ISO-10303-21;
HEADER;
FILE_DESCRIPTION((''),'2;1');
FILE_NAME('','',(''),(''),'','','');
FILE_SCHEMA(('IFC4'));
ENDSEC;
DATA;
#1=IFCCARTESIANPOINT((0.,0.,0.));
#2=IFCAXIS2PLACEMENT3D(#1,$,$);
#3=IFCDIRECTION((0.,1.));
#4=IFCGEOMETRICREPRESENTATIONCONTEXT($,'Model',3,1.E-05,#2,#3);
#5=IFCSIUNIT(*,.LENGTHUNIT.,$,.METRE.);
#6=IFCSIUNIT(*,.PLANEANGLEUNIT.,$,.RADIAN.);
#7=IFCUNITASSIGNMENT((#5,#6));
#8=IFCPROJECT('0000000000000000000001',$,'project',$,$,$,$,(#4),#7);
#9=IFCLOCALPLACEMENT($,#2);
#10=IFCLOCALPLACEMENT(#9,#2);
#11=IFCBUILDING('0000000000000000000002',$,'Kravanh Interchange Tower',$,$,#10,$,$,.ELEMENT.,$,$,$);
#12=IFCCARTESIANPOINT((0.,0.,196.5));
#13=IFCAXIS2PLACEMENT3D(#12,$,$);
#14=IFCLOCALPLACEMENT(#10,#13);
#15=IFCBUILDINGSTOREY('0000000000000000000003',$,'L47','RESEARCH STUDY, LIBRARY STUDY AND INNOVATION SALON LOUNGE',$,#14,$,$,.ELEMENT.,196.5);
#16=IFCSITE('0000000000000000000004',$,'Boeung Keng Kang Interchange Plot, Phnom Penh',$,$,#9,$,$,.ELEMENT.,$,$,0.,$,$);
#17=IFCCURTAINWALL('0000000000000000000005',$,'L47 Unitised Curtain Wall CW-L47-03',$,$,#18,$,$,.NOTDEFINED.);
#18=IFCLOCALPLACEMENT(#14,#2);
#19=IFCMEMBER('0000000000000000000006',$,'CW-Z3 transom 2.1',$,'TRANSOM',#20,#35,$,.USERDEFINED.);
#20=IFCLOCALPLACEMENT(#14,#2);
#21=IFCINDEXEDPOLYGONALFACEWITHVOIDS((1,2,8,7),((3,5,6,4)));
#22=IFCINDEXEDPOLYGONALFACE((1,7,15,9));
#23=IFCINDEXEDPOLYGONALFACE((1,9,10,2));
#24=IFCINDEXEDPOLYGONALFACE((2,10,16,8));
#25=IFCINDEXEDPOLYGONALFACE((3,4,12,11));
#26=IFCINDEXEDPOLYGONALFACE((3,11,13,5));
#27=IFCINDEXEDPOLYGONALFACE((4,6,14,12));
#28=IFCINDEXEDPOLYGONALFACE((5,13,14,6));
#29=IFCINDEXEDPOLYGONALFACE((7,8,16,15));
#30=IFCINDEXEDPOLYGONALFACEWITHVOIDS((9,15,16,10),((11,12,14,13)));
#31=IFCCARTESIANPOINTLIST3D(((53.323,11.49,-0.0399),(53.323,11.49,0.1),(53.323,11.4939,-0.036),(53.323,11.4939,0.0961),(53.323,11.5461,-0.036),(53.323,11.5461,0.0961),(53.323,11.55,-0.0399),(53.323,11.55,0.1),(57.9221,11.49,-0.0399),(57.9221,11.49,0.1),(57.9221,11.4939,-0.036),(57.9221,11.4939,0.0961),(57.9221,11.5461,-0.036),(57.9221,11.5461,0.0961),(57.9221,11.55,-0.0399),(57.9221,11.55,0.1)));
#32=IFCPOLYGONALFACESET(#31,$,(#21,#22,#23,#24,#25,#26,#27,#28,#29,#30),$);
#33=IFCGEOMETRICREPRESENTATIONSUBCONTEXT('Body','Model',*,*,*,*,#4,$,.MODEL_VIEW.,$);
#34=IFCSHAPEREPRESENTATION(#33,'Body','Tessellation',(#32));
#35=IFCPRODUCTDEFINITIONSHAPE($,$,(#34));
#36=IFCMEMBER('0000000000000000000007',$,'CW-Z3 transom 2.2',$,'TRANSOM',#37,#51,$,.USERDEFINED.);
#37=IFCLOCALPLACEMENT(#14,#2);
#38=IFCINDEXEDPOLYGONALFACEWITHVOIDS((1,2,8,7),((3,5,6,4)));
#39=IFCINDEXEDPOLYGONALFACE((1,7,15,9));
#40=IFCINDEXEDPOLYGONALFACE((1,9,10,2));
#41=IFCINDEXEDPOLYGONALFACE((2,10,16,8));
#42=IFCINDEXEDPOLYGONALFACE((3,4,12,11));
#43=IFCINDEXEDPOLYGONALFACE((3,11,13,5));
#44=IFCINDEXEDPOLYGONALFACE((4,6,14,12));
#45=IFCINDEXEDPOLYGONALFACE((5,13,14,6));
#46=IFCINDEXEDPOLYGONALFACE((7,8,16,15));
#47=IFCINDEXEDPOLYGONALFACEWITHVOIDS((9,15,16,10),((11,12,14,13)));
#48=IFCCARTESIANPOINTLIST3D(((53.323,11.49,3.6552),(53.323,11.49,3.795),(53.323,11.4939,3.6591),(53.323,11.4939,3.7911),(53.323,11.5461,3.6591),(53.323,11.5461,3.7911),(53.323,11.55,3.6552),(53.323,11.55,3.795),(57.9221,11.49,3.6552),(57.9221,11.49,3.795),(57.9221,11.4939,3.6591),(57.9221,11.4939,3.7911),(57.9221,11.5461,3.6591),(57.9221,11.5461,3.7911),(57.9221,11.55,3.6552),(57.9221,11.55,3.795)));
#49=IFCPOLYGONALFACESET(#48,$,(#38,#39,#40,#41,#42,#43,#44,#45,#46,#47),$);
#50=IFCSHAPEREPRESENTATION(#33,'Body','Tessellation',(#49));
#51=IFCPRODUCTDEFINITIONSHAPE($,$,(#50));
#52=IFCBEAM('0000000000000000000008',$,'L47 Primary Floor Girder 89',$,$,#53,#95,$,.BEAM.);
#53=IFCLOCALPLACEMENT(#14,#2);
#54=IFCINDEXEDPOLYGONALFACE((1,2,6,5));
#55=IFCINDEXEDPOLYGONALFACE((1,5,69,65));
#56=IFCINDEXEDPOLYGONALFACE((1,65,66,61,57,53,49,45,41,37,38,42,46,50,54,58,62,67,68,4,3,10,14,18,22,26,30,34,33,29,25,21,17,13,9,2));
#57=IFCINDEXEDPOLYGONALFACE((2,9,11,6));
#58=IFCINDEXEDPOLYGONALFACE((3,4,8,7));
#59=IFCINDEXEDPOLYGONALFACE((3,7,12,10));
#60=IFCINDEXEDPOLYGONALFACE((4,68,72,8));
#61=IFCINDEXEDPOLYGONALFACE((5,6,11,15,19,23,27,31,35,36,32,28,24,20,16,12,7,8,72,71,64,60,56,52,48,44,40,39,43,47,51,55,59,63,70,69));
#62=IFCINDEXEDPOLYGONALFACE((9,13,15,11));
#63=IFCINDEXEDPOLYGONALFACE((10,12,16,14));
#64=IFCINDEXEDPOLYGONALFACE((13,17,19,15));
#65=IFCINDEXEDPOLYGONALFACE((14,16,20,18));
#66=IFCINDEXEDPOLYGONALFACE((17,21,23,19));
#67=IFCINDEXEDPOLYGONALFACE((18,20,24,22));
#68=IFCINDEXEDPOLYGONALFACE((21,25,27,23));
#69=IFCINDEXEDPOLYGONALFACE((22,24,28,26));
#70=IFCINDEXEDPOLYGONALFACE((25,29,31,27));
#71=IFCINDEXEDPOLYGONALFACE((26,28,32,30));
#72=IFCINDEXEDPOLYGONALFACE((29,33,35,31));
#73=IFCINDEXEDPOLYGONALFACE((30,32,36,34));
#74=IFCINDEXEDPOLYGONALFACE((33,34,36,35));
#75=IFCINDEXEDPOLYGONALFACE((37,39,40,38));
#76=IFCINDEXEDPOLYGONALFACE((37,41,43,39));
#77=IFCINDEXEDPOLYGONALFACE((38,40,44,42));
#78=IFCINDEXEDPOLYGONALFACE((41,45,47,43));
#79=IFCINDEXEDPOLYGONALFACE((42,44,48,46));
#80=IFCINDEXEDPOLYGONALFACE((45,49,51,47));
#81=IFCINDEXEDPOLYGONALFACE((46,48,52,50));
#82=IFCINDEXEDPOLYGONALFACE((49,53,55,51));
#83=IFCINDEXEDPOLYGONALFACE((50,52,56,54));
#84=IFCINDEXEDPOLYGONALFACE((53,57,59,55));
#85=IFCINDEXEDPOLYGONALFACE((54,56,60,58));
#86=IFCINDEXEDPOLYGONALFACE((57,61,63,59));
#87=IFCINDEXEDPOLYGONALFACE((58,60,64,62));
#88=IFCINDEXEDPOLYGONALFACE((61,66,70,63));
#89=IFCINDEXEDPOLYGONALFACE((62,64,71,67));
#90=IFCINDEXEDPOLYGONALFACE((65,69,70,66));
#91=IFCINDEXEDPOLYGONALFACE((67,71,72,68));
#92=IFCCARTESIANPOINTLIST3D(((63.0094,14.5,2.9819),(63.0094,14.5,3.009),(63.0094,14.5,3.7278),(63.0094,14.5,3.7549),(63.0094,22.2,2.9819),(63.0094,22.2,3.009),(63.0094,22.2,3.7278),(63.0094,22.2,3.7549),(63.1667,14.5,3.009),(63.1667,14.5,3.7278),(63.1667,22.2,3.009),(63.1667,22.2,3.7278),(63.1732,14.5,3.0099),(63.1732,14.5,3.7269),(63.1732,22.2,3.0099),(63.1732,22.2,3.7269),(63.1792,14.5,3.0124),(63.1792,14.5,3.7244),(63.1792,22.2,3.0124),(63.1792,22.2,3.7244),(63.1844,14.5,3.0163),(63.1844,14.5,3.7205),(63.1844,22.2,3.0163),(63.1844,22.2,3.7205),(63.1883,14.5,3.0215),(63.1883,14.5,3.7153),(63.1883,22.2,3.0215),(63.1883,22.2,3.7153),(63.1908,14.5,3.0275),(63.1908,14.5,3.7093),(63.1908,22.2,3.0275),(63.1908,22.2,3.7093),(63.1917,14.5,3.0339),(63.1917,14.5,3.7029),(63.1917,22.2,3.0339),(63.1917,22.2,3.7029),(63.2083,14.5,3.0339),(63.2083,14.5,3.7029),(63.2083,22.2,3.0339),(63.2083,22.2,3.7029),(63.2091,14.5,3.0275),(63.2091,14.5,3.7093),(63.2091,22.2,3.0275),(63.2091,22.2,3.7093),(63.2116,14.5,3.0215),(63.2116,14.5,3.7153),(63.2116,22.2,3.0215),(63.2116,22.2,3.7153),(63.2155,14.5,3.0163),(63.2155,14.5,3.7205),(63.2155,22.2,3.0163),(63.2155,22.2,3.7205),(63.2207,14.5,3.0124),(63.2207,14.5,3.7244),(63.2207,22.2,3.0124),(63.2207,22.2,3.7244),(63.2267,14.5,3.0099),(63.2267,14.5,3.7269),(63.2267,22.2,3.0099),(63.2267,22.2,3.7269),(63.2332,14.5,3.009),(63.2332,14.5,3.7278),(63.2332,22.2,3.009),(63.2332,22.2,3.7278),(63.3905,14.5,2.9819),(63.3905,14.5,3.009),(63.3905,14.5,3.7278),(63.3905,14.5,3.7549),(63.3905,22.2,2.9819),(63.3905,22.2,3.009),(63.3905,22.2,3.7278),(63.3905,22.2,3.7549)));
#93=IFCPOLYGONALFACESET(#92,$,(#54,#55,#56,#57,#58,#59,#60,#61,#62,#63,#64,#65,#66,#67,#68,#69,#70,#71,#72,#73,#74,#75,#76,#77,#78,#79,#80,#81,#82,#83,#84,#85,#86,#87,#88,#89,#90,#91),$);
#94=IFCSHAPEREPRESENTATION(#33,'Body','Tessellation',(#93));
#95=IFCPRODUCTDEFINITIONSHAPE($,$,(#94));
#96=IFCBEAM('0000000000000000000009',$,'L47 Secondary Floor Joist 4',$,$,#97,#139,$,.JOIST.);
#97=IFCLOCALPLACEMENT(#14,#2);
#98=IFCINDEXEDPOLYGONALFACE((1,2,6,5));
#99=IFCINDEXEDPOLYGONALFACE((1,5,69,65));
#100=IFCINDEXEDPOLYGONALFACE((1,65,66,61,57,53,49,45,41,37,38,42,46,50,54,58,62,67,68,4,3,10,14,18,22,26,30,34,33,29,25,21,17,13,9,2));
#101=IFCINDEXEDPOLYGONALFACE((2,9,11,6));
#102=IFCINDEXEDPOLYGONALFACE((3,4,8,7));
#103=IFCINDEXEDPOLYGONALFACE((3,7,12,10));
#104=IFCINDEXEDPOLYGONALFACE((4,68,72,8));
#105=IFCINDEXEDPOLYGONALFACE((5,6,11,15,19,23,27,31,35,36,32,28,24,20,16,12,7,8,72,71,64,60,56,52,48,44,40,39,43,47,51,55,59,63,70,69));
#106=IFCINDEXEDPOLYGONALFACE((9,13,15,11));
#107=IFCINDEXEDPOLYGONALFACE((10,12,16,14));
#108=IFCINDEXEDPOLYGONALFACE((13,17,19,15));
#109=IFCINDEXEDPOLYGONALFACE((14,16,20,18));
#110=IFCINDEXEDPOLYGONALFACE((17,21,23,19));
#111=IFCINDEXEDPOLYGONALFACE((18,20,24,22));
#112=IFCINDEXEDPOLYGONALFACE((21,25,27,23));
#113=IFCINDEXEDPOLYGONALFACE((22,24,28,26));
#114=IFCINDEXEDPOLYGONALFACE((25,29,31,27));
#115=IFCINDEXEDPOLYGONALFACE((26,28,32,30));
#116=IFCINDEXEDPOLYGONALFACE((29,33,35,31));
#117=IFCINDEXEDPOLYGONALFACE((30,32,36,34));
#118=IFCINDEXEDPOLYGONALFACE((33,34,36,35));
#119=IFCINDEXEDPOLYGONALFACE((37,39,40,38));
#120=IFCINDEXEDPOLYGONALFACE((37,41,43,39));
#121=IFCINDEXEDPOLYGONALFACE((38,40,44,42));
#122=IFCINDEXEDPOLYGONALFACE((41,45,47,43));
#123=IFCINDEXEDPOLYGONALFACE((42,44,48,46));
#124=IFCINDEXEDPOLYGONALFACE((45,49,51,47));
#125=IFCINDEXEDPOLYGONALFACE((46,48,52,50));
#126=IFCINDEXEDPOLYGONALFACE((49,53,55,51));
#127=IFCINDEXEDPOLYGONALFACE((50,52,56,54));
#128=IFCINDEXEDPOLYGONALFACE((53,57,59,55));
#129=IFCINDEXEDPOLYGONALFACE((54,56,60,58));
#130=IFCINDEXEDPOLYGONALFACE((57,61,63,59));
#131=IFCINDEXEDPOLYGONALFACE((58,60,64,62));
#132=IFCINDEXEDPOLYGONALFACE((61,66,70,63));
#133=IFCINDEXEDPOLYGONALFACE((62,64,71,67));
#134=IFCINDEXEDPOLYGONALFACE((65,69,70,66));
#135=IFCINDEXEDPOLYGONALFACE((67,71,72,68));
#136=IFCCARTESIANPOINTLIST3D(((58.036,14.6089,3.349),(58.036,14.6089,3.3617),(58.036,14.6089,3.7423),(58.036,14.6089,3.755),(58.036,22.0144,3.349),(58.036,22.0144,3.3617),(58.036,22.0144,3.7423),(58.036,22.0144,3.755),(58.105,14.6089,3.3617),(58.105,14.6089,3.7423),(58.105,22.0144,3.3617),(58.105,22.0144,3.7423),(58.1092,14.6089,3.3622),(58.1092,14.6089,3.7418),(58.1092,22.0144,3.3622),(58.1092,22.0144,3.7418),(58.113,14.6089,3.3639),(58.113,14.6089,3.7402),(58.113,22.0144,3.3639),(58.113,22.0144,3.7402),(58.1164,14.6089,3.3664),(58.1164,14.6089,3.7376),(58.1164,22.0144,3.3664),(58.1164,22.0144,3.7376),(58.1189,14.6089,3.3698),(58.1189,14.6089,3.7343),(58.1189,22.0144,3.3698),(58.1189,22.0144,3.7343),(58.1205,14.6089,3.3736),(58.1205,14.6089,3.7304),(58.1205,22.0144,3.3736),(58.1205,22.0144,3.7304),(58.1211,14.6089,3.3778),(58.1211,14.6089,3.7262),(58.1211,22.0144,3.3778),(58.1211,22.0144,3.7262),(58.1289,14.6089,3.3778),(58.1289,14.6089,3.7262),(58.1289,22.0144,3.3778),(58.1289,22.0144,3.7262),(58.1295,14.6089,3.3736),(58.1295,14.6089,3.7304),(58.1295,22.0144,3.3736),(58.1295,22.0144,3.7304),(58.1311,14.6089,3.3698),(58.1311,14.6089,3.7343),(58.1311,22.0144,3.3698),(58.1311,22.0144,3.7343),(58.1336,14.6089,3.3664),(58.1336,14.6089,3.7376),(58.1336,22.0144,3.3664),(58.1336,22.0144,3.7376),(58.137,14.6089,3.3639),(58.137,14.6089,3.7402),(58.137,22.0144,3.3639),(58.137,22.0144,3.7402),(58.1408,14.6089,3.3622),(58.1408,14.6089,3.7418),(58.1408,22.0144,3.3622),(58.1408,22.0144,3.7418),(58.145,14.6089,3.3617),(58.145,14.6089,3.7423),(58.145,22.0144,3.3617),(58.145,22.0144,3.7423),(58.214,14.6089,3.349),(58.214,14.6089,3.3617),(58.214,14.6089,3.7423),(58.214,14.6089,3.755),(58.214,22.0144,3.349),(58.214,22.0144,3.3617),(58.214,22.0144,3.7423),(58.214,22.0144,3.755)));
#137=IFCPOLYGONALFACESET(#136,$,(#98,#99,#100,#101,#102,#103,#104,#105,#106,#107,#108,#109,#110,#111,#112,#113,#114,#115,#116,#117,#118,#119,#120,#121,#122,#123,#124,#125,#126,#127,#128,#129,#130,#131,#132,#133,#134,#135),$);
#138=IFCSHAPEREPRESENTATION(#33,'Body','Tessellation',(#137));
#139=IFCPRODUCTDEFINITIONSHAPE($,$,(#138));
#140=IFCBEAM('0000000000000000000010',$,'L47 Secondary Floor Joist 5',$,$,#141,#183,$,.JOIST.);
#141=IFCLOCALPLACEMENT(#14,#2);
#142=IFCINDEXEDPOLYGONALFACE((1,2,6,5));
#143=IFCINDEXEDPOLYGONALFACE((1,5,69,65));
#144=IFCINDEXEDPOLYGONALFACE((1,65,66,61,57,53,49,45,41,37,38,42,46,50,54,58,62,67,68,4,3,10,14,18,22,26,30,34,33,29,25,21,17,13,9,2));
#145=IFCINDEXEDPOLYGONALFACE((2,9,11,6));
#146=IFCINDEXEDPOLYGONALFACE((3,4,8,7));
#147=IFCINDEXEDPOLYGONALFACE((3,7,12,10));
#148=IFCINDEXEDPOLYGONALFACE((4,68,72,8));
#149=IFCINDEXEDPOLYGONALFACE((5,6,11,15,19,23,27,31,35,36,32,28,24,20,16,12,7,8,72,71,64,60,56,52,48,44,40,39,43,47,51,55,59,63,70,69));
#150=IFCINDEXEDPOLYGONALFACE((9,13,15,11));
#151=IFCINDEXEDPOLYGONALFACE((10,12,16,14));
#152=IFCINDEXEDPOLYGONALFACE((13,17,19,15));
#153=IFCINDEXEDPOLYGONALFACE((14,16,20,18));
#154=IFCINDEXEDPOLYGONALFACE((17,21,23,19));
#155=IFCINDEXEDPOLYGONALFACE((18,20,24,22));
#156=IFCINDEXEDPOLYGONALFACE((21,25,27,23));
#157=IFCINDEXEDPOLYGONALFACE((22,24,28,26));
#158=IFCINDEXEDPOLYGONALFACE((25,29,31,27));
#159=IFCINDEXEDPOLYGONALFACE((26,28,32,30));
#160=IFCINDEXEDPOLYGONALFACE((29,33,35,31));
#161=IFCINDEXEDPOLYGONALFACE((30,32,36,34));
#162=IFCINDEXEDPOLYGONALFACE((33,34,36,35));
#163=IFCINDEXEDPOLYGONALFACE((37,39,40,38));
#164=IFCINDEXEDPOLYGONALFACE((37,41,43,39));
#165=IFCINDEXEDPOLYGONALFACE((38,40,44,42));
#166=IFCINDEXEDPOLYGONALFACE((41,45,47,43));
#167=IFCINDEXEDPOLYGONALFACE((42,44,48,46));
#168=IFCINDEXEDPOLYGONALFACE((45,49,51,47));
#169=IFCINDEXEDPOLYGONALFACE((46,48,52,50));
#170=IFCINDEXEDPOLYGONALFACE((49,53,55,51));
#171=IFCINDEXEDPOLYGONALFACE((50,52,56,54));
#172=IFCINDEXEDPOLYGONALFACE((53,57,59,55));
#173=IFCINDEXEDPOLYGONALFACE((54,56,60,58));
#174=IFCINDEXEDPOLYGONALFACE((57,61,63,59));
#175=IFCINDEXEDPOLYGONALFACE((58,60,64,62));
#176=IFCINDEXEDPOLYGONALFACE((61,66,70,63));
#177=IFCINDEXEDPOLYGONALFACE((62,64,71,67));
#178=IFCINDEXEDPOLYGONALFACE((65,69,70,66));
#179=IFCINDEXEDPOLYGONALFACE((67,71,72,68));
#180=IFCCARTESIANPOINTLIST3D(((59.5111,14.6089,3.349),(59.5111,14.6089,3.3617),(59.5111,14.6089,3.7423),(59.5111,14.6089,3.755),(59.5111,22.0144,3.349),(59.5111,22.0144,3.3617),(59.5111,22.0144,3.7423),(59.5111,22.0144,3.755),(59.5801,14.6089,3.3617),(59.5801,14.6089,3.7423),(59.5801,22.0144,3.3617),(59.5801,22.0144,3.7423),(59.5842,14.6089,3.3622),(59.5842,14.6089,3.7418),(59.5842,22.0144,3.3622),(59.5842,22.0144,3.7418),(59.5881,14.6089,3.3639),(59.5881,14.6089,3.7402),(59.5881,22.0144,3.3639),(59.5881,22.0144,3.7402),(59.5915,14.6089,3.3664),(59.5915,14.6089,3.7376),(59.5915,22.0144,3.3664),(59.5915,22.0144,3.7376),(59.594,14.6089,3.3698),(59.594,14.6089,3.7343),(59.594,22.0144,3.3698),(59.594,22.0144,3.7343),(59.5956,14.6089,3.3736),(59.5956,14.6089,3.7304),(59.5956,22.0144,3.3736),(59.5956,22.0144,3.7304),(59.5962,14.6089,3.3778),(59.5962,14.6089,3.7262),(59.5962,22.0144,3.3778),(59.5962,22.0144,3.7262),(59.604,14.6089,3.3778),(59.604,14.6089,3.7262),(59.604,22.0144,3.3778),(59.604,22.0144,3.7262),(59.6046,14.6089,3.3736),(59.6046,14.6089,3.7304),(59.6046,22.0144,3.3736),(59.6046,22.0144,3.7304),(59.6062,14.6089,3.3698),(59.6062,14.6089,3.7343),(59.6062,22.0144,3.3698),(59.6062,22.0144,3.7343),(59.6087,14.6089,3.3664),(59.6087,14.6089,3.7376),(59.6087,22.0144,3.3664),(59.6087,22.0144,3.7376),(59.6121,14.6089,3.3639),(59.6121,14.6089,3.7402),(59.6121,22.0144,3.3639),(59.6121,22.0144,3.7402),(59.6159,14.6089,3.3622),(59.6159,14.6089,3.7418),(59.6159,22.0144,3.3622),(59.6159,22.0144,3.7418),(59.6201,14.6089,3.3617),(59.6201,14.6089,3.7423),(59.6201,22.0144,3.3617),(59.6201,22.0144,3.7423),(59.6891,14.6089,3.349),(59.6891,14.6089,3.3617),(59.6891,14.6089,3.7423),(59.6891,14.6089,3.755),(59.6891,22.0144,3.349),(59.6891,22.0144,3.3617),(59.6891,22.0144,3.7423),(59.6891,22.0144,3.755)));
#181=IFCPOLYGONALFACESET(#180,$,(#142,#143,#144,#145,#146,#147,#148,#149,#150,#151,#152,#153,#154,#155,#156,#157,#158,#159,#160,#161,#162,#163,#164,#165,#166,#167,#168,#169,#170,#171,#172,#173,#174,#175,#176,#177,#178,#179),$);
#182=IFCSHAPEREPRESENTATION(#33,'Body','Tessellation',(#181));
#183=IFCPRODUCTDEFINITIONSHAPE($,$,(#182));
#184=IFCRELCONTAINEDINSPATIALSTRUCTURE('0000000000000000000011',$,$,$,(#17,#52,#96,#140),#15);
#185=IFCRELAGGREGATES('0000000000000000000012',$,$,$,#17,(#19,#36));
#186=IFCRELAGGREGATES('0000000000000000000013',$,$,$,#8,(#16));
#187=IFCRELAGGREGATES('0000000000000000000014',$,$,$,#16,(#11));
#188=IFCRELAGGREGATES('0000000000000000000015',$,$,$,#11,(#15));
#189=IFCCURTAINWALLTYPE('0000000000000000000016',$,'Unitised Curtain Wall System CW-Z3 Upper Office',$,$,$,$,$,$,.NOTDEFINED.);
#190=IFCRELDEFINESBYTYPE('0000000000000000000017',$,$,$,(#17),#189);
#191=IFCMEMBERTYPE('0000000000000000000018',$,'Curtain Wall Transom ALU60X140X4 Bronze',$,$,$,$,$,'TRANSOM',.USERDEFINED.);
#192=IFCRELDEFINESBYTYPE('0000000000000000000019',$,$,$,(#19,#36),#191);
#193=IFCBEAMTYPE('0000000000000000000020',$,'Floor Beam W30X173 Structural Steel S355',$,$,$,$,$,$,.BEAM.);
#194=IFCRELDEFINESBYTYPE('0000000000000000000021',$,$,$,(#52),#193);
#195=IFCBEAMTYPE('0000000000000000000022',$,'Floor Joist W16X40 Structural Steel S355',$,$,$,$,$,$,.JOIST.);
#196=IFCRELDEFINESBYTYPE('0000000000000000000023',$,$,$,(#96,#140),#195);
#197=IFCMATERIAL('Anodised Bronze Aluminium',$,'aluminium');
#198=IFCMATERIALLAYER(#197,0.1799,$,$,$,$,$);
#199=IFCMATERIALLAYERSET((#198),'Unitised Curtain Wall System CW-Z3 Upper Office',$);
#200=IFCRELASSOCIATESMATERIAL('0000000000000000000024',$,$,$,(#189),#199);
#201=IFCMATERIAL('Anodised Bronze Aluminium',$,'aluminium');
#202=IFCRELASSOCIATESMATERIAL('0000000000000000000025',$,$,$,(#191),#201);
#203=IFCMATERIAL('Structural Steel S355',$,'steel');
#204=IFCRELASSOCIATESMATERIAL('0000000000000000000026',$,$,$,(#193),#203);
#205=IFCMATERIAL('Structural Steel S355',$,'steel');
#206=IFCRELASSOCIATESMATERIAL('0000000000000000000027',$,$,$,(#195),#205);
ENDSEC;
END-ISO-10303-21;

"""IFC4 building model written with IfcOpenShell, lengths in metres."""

from ifc_helpers import new_model, si_unit, direction, frame, origin, origin_2d, place, context, subcontext, project, spatial, hollow_rectangle, i_section, extrude, material, layer, layer_set, material_profile, profile_set, type_object, element, aggregate, save


model = new_model("IFC4")

# Units and contexts
model_context = context("Model", 3, precision=1e-05, world=origin(), true_north=direction((0.0, 1.0)))
body_context = subcontext(model_context, "Body", "Model", "MODEL_VIEW")
ifc_project = project(units=[si_unit("LENGTHUNIT", "METRE"), si_unit("PLANEANGLEUNIT", "RADIAN")], contexts=[model_context])

# Site, building, storey
site_placement = place(None, origin())
site = spatial("IfcSite", under=ifc_project, at=site_placement, Name="Boeung Keng Kang Interchange Plot, Phnom Penh", CompositionType="ELEMENT", RefElevation=0.0)
building_placement = place(site_placement, origin())
building = spatial("IfcBuilding", under=site, at=building_placement, Name="Kravanh Interchange Tower", CompositionType="ELEMENT")
storey_placement = place(building_placement, frame((0.0, 0.0, 196.5)))
storey = spatial("IfcBuildingStorey", under=building, at=storey_placement, Name="L47", Description="RESEARCH STUDY, LIBRARY STUDY AND INNOVATION SALON LOUNGE", CompositionType="ELEMENT", Elevation=196.5)

# Curtain wall
ifc_material_1 = material(Name="Anodised Bronze Aluminium", Category="aluminium")
ifc_layer_1 = layer(ifc_material_1, 0.1799)
ifc_layer_set_1 = layer_set([ifc_layer_1], Name="Unitised Curtain Wall System CW-Z3 Upper Office")
curtain_wall_type = type_object("IfcCurtainWallType", Name="Unitised Curtain Wall System CW-Z3 Upper Office", PredefinedType="NOTDEFINED", material=ifc_layer_set_1)
curtain_wall_1_placement = place(storey_placement, origin())
curtain_wall_1 = element("IfcCurtainWall", 1, at=curtain_wall_1_placement, inside=storey, type_object=curtain_wall_type, Name="L47 Unitised Curtain Wall CW-L47-03", PredefinedType="NOTDEFINED")

# Members
ifc_material_2 = material(Name="Anodised Bronze Aluminium", Category="aluminium")
ifc_material_profile_1 = material_profile(ifc_material_2, hollow_rectangle(XDim=0.0601, YDim=0.1399, WallThickness=0.0039, at=origin_2d()), Name="ALU60X140X4")
ifc_profile_set_1 = profile_set([ifc_material_profile_1], Name="Anodised Bronze Aluminium")
member_type_1 = type_object("IfcMemberType", Name="Curtain Wall Transom ALU60X140X4 Bronze", ElementType="TRANSOM", PredefinedType="USERDEFINED", material=ifc_profile_set_1)
member_1_placement = place(storey_placement, frame((57.9221, 11.52, 0.03), z_axis=(-1.0, 0.0, 0.0), x_axis=(0.0, -1.0, 0.0)))
member_1 = element("IfcMember", 2, at=member_1_placement, type_object=member_type_1, Name="CW-Z3 transom 2.1", ObjectType="TRANSOM", PredefinedType="USERDEFINED", context=body_context, shape_type="SweptSolid", body=[
    extrude(hollow_rectangle(XDim=0.0601, YDim=0.1399, WallThickness=0.0039, at=origin_2d()), origin(), (0.0, 0.0, 1.0), 4.5991),
])
member_2_placement = place(storey_placement, frame((57.9221, 11.52, 3.7251), z_axis=(-1.0, 0.0, 0.0), x_axis=(0.0, -1.0, 0.0)))
member_2 = element("IfcMember", 3, at=member_2_placement, type_object=member_type_1, Name="CW-Z3 transom 2.2", ObjectType="TRANSOM", PredefinedType="USERDEFINED", context=body_context, shape_type="SweptSolid", body=[
    extrude(hollow_rectangle(XDim=0.0601, YDim=0.1399, WallThickness=0.0039, at=origin_2d()), origin(), (0.0, 0.0, 1.0), 4.5991),
])

# Beams
ifc_material_3 = material(Name="Structural Steel S355", Category="steel")
ifc_material_profile_2 = material_profile(ifc_material_3, i_section(OverallWidth=0.3811, OverallDepth=0.7729, WebThickness=0.0166, FlangeThickness=0.0271, FilletRadius=0.0249, at=origin_2d()), Name="W30X173")
ifc_profile_set_2 = profile_set([ifc_material_profile_2], Name="Structural Steel S355")
beam_type_1 = type_object("IfcBeamType", Name="Floor Beam W30X173 Structural Steel S355", PredefinedType="BEAM", material=ifc_profile_set_2)
beam_1_placement = place(storey_placement, frame((63.2, 14.5, 3.3684), z_axis=(0.0, 1.0, 0.0), x_axis=(-1.0, 0.0, 0.0)))
element("IfcBeam", 4, at=beam_1_placement, inside=storey, type_object=beam_type_1, Name="L47 Primary Floor Girder 89", PredefinedType="BEAM", context=body_context, shape_type="SweptSolid", body=[
    extrude(i_section(OverallWidth=0.3811, OverallDepth=0.7729, WebThickness=0.0166, FlangeThickness=0.0271, FilletRadius=0.0249, at=origin_2d()), origin(), (0.0, 0.0, 1.0), 7.7),
])
ifc_material_4 = material(Name="Structural Steel S355", Category="steel")
ifc_material_profile_3 = material_profile(ifc_material_4, i_section(OverallWidth=0.178, OverallDepth=0.406, WebThickness=0.0078, FlangeThickness=0.0127, FilletRadius=0.0161, at=origin_2d()), Name="W16X40")
ifc_profile_set_3 = profile_set([ifc_material_profile_3], Name="Structural Steel S355")
beam_type_2 = type_object("IfcBeamType", Name="Floor Joist W16X40 Structural Steel S355", PredefinedType="JOIST", material=ifc_profile_set_3)
for number, where, z_axis, x_axis, name in (
    (5, (58.125, 14.6089, 3.552), (0.0, 1.0, 0.0), (-1.0, 0.0, 0.0), "L47 Secondary Floor Joist 4"),
    (6, (59.6001, 14.6089, 3.552), (0.0, 1.0, 0.0), (-1.0, 0.0, 0.0), "L47 Secondary Floor Joist 5"),
):
    element("IfcBeam", number, at=place(storey_placement, frame(where, z_axis=z_axis, x_axis=x_axis)), inside=storey, type_object=beam_type_2, Name=name, PredefinedType="JOIST", context=body_context, shape_type="SweptSolid", body=[
        extrude(i_section(OverallWidth=0.178, OverallDepth=0.406, WebThickness=0.0078, FlangeThickness=0.0127, FilletRadius=0.0161, at=origin_2d()), origin(), (0.0, 0.0, 1.0), 7.4055),
    ])

aggregate(curtain_wall_1, [member_1, member_2])

save(model, "model.ifc")
